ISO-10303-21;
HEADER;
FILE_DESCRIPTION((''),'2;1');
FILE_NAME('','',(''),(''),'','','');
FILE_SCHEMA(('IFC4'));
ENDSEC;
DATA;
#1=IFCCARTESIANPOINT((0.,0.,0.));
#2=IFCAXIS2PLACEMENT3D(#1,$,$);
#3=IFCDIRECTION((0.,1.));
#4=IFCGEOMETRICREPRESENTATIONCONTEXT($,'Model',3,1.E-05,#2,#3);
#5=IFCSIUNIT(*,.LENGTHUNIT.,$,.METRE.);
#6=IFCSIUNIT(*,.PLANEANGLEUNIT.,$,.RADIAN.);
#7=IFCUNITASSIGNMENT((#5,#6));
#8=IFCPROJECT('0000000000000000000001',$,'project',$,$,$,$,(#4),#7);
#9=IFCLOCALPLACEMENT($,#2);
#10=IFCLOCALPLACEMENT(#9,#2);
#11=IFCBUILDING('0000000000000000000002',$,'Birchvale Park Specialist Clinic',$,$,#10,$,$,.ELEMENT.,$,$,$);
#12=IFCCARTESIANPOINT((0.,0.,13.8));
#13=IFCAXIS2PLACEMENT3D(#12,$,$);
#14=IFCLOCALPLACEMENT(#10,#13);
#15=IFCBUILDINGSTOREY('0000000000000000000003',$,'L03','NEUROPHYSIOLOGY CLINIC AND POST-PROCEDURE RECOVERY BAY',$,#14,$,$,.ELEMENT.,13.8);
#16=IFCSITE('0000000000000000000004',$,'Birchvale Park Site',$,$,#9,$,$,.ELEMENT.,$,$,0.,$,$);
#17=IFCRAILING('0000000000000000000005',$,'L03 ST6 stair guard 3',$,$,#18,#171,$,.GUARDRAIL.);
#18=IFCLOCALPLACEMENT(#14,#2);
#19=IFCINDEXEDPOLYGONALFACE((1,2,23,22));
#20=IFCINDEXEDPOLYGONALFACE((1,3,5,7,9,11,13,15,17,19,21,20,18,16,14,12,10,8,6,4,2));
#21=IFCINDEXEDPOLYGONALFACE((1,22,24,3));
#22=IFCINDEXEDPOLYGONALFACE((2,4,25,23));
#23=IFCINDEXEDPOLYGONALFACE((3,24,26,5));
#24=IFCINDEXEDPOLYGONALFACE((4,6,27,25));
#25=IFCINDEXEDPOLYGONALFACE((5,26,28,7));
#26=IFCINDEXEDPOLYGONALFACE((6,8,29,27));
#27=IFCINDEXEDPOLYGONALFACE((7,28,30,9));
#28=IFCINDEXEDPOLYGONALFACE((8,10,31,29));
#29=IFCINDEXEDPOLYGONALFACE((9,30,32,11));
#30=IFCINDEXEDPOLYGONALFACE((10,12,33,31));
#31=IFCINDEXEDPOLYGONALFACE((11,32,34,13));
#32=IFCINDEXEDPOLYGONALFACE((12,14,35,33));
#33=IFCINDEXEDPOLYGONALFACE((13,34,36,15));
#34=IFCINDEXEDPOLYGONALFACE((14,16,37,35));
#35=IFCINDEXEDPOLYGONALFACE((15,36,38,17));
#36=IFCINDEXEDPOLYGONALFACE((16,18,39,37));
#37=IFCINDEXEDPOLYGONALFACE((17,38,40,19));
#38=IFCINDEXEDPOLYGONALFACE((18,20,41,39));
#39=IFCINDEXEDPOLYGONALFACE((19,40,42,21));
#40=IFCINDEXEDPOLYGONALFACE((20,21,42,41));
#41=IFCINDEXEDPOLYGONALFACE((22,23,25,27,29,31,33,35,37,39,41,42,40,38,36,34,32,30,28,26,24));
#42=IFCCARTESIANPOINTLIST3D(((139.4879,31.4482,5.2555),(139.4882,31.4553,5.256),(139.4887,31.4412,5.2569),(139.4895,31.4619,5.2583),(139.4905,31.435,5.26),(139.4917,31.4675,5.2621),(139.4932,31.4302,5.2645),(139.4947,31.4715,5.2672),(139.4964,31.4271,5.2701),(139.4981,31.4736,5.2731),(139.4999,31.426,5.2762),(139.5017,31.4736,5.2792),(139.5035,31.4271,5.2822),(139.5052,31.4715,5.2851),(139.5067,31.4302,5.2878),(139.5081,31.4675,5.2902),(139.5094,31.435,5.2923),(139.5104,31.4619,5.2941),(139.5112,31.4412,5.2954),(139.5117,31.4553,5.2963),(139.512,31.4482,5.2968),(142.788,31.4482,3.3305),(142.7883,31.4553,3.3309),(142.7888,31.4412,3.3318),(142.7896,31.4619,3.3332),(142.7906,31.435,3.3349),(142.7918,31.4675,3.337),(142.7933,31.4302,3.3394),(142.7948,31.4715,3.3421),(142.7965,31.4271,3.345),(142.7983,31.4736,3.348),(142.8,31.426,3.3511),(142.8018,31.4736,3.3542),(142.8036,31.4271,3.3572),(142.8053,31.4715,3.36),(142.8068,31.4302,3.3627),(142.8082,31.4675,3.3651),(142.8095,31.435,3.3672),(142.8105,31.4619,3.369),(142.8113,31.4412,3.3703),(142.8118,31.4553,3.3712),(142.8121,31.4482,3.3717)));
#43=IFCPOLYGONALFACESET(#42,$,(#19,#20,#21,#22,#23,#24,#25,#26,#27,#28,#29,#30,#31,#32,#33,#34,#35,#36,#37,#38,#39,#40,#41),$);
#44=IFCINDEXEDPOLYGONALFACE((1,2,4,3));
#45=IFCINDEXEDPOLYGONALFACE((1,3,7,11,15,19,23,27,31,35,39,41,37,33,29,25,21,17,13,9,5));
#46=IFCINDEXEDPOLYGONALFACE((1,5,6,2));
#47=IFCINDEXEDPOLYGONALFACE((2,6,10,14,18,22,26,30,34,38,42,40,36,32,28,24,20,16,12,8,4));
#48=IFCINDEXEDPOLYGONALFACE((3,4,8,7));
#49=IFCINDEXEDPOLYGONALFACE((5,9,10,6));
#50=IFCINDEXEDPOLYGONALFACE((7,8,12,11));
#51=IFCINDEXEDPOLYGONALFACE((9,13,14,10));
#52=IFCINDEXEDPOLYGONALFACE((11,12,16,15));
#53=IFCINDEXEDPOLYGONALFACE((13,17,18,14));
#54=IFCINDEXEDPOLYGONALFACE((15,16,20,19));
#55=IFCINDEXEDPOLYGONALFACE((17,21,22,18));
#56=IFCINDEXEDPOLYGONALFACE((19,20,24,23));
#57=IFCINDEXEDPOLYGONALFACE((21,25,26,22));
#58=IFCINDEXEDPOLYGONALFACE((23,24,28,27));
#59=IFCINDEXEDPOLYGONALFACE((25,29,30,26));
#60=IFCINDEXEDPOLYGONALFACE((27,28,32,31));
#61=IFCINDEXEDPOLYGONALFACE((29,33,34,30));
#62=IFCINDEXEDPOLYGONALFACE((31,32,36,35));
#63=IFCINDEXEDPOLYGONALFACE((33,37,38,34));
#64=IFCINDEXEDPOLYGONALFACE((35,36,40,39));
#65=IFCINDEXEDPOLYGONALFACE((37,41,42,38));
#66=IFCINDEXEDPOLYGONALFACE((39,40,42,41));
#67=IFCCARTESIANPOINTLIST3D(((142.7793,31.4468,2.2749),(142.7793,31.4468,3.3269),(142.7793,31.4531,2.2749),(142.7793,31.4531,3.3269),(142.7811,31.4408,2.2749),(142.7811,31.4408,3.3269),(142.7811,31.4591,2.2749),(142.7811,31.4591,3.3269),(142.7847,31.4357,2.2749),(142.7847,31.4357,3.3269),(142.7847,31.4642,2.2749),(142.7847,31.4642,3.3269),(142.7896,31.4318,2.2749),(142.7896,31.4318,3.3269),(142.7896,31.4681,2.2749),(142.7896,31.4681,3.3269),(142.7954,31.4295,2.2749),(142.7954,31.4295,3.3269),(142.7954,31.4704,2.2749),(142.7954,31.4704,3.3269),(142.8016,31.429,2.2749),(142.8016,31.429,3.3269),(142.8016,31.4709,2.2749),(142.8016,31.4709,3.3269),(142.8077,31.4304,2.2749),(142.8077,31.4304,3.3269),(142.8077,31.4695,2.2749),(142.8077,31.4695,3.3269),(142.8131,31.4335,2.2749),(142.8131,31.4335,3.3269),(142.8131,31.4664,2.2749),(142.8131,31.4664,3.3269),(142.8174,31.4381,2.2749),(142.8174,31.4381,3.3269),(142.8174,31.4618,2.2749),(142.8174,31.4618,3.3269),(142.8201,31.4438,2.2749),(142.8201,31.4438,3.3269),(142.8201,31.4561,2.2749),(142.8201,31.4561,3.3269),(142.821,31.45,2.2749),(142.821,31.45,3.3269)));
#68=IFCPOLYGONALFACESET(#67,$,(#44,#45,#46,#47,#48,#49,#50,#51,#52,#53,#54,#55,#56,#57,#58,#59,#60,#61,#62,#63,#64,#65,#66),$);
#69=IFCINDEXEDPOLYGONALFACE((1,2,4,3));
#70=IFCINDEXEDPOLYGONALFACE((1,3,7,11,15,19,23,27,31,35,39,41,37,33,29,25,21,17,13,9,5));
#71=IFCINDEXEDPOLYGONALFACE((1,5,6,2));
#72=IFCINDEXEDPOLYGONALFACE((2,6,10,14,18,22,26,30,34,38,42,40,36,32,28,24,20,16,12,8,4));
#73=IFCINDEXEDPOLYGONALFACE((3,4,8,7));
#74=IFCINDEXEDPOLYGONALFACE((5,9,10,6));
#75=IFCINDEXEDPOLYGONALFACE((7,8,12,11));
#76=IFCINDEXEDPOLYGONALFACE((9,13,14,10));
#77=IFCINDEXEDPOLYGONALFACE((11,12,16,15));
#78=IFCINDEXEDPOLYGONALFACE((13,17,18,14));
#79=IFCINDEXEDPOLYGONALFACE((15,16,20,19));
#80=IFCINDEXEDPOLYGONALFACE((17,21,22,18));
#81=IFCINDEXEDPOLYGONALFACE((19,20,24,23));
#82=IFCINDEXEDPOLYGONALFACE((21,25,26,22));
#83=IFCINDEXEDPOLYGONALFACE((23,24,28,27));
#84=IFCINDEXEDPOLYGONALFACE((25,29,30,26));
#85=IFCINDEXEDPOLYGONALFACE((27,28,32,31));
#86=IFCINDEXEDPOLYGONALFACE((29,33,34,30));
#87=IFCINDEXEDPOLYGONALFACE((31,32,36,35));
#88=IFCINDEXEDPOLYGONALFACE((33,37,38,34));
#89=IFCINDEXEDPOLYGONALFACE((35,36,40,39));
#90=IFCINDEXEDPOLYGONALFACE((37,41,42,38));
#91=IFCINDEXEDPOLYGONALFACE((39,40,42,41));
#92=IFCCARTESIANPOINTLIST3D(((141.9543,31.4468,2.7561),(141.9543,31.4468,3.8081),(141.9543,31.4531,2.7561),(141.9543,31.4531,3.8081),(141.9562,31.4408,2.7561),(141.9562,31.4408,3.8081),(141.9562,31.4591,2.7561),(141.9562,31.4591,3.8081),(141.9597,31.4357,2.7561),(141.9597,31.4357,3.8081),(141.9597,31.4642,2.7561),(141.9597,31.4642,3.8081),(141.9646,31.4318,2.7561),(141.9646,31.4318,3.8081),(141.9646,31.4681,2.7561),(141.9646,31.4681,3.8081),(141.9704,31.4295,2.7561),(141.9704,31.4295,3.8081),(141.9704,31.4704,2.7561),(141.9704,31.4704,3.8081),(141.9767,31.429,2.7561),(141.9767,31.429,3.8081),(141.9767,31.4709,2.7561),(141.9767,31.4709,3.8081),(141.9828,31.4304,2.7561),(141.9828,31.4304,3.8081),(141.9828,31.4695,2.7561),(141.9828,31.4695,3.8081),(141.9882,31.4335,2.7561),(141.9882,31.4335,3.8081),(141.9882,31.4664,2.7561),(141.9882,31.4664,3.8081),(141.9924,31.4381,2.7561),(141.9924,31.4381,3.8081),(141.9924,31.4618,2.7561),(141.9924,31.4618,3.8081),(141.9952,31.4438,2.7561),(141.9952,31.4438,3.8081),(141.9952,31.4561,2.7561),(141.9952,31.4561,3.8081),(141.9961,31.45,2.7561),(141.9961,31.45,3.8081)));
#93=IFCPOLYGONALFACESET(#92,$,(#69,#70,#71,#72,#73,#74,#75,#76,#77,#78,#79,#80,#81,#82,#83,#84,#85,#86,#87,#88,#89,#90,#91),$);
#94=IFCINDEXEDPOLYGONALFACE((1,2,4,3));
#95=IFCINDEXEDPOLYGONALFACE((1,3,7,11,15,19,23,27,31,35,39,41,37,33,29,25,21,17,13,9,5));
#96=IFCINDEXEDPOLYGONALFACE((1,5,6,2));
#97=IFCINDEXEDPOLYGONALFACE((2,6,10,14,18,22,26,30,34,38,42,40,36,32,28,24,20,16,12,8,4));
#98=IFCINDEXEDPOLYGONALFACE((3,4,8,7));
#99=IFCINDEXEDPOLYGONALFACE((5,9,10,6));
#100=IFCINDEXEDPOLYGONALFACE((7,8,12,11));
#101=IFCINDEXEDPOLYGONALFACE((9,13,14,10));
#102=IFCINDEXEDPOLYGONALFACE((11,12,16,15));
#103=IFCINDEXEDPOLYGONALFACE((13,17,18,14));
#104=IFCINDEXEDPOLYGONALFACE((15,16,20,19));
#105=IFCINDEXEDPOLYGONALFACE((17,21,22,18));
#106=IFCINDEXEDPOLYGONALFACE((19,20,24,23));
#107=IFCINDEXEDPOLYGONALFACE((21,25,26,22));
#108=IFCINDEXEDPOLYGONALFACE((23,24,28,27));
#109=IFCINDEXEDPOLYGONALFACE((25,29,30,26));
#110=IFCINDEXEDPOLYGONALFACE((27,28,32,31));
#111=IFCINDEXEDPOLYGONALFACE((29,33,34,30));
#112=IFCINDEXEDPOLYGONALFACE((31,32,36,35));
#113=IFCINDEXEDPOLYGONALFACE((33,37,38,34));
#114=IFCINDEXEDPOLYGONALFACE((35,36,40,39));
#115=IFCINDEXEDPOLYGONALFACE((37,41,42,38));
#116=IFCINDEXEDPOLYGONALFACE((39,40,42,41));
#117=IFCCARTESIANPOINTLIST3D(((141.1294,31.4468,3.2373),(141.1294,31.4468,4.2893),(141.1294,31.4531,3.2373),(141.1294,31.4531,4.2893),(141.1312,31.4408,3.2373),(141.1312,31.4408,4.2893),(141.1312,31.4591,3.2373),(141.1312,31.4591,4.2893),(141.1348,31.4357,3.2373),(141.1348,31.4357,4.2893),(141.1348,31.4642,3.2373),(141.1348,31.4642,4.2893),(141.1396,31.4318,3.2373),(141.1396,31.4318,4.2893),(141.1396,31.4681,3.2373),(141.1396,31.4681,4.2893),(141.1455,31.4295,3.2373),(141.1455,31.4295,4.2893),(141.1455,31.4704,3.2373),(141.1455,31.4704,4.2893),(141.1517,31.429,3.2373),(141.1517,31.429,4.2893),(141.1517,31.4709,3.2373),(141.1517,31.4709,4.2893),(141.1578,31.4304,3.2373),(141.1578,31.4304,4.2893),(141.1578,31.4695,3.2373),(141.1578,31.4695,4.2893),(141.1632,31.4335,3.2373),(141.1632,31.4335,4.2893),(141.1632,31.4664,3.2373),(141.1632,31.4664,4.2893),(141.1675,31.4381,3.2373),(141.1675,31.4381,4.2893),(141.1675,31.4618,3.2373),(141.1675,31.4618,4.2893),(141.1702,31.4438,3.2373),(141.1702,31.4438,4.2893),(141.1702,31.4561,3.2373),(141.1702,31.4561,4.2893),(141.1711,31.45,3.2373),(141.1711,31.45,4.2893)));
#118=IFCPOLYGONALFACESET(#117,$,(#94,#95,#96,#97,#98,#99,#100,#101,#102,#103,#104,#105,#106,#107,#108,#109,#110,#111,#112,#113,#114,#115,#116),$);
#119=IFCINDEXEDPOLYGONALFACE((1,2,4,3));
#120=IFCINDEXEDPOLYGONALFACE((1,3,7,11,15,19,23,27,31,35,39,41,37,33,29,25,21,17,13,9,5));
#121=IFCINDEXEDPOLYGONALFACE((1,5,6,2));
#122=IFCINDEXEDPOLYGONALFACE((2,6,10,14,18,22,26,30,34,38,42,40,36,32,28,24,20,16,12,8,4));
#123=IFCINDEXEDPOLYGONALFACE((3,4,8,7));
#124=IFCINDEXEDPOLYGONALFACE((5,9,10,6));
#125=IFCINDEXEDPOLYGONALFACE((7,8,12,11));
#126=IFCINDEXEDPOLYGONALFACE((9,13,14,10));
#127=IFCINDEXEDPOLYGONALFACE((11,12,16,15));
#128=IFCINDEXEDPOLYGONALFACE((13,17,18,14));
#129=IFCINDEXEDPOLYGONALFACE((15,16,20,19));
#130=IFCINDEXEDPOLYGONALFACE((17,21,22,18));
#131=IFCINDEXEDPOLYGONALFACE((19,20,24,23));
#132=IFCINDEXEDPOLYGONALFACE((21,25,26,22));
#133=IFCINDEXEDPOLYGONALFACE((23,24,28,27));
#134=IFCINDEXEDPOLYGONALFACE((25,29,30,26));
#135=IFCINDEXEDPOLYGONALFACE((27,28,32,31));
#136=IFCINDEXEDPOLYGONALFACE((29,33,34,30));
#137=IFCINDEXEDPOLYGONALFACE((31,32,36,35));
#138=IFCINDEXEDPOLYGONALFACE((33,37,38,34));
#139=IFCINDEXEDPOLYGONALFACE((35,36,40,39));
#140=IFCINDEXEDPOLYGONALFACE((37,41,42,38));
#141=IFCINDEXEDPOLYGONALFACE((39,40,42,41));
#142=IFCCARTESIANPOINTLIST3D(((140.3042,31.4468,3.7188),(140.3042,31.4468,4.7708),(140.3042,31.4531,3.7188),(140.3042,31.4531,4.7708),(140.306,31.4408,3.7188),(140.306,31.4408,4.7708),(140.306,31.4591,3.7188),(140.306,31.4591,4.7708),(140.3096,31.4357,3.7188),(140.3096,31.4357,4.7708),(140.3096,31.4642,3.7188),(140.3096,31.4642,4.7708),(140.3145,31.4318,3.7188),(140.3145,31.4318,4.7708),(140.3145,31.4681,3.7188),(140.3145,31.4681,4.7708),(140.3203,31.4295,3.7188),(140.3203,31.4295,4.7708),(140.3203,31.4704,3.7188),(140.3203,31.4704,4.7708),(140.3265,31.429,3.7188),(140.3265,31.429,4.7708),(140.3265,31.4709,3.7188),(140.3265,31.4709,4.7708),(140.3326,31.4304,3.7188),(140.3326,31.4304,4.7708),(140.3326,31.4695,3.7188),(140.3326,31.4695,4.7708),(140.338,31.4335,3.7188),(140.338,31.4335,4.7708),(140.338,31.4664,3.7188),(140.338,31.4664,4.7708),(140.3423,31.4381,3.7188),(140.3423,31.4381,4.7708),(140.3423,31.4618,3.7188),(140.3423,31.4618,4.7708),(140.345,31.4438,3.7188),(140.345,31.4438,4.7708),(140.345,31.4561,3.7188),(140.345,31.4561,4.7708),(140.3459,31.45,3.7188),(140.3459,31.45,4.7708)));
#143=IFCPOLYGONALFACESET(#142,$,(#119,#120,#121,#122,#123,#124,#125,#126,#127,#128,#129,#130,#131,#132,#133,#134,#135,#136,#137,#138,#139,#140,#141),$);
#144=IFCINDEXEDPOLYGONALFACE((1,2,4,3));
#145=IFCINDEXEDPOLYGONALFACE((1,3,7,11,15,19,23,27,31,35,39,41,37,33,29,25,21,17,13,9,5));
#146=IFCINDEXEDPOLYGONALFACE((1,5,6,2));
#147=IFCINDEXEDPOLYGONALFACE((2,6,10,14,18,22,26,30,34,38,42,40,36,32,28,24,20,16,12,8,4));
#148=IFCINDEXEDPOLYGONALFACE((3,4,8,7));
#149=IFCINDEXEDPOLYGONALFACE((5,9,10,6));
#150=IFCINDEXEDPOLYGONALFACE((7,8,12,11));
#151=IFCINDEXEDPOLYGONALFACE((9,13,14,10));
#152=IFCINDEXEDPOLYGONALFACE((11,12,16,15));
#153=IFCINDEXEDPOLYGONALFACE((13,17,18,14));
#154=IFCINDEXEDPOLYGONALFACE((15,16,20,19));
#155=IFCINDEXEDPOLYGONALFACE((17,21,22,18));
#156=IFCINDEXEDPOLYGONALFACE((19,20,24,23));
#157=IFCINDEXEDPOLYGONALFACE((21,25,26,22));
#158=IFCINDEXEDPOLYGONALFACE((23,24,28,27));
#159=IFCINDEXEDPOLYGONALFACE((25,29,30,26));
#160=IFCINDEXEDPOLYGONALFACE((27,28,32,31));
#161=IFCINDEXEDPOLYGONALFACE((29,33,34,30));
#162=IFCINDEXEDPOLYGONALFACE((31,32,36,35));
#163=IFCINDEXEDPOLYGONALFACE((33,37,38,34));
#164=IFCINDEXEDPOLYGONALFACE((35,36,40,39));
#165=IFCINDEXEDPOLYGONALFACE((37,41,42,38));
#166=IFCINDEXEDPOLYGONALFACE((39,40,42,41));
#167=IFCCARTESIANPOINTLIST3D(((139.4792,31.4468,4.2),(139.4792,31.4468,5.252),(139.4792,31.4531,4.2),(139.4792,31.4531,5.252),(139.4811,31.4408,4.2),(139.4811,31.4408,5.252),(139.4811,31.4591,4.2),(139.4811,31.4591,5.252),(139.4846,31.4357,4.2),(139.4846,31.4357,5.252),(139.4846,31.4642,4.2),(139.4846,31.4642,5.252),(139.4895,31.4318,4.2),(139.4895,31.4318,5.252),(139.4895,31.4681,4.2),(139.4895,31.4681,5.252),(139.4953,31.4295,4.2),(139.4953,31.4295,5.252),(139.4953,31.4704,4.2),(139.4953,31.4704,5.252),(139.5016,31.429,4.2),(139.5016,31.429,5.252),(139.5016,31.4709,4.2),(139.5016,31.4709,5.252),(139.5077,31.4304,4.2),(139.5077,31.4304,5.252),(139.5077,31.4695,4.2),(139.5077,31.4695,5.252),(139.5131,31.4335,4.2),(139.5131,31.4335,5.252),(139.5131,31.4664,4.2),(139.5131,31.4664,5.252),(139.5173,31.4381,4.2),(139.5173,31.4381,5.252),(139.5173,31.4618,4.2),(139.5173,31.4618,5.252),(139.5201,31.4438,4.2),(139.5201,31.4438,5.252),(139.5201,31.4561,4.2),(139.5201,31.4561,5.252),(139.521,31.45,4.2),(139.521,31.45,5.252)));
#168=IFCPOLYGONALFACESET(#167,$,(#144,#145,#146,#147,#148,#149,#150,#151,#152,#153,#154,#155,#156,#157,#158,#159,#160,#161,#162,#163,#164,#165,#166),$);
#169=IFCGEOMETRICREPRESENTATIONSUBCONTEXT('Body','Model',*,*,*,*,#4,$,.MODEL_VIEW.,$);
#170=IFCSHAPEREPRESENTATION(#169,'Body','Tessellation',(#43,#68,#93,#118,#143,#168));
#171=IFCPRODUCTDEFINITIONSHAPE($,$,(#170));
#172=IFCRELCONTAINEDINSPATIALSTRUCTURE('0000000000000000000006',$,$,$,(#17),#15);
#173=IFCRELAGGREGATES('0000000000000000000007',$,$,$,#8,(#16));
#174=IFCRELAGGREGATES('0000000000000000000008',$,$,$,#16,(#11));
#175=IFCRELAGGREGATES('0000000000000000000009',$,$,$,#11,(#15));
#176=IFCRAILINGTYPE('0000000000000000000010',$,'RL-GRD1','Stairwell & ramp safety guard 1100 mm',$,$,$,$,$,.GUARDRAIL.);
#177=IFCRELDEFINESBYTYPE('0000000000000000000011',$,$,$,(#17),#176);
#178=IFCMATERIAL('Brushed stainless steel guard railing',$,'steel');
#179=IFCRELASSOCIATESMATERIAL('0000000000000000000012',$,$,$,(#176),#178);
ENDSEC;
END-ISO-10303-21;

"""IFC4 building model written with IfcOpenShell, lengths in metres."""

from ifc_helpers import new_model, si_unit, direction, frame, origin, origin_2d, place, context, subcontext, project, spatial, circle, extrude, material, type_object, element, save


model = new_model("IFC4")

# Units and contexts
model_context = context("Model", 3, precision=1e-05, world=origin(), true_north=direction((0.0, 1.0)))
body_context = subcontext(model_context, "Body", "Model", "MODEL_VIEW")
ifc_project = project(units=[si_unit("LENGTHUNIT", "METRE"), si_unit("PLANEANGLEUNIT", "RADIAN")], contexts=[model_context])

# Site, building, storey
site_placement = place(None, origin())
site = spatial("IfcSite", under=ifc_project, at=site_placement, Name="Birchvale Park Site", CompositionType="ELEMENT", RefElevation=0.0)
building_placement = place(site_placement, origin())
building = spatial("IfcBuilding", under=site, at=building_placement, Name="Birchvale Park Specialist Clinic", CompositionType="ELEMENT")
storey_placement = place(building_placement, frame((0.0, 0.0, 13.8)))
storey = spatial("IfcBuildingStorey", under=building, at=storey_placement, Name="L03", Description="NEUROPHYSIOLOGY CLINIC AND POST-PROCEDURE RECOVERY BAY", CompositionType="ELEMENT", Elevation=13.8)

# Railing
ifc_material_1 = material(Name="Brushed stainless steel guard railing", Category="steel")
railing_type_1 = type_object("IfcRailingType", Name="RL-GRD1", Description="Stairwell & ramp safety guard 1100 mm", PredefinedType="GUARDRAIL", material=ifc_material_1)
railing_1_placement = place(storey_placement, frame((142.8, 31.45, 2.2749)))
element("IfcRailing", 1, at=railing_1_placement, inside=storey, type_object=railing_type_1, Name="L03 ST6 stair guard 3", PredefinedType="GUARDRAIL", context=body_context, shape_type="SweptSolid", body=[
    extrude(circle(Radius=0.0239, at=origin_2d()), frame((0.0, 0.0, 1.0762), z_axis=(-0.863777, 0.0, 0.503875), x_axis=(0.0, -1.0, 0.0)), (0.0, 0.0, 1.0), 3.8206),
    extrude(circle(Radius=0.021, at=origin_2d()), origin(), (0.0, 0.0, 1.0), 1.052),
    extrude(circle(Radius=0.021, at=origin_2d()), frame((-0.825, 0.0, 0.4812)), (0.0, 0.0, 1.0), 1.052),
    extrude(circle(Radius=0.021, at=origin_2d()), frame((-1.6499, 0.0, 0.9624)), (0.0, 0.0, 1.0), 1.052),
    extrude(circle(Radius=0.021, at=origin_2d()), frame((-2.4751, 0.0, 1.4438)), (0.0, 0.0, 1.0), 1.052),
    extrude(circle(Radius=0.021, at=origin_2d()), frame((-3.3, 0.0, 1.925)), (0.0, 0.0, 1.0), 1.052),
])

save(model, "model.ifc")
